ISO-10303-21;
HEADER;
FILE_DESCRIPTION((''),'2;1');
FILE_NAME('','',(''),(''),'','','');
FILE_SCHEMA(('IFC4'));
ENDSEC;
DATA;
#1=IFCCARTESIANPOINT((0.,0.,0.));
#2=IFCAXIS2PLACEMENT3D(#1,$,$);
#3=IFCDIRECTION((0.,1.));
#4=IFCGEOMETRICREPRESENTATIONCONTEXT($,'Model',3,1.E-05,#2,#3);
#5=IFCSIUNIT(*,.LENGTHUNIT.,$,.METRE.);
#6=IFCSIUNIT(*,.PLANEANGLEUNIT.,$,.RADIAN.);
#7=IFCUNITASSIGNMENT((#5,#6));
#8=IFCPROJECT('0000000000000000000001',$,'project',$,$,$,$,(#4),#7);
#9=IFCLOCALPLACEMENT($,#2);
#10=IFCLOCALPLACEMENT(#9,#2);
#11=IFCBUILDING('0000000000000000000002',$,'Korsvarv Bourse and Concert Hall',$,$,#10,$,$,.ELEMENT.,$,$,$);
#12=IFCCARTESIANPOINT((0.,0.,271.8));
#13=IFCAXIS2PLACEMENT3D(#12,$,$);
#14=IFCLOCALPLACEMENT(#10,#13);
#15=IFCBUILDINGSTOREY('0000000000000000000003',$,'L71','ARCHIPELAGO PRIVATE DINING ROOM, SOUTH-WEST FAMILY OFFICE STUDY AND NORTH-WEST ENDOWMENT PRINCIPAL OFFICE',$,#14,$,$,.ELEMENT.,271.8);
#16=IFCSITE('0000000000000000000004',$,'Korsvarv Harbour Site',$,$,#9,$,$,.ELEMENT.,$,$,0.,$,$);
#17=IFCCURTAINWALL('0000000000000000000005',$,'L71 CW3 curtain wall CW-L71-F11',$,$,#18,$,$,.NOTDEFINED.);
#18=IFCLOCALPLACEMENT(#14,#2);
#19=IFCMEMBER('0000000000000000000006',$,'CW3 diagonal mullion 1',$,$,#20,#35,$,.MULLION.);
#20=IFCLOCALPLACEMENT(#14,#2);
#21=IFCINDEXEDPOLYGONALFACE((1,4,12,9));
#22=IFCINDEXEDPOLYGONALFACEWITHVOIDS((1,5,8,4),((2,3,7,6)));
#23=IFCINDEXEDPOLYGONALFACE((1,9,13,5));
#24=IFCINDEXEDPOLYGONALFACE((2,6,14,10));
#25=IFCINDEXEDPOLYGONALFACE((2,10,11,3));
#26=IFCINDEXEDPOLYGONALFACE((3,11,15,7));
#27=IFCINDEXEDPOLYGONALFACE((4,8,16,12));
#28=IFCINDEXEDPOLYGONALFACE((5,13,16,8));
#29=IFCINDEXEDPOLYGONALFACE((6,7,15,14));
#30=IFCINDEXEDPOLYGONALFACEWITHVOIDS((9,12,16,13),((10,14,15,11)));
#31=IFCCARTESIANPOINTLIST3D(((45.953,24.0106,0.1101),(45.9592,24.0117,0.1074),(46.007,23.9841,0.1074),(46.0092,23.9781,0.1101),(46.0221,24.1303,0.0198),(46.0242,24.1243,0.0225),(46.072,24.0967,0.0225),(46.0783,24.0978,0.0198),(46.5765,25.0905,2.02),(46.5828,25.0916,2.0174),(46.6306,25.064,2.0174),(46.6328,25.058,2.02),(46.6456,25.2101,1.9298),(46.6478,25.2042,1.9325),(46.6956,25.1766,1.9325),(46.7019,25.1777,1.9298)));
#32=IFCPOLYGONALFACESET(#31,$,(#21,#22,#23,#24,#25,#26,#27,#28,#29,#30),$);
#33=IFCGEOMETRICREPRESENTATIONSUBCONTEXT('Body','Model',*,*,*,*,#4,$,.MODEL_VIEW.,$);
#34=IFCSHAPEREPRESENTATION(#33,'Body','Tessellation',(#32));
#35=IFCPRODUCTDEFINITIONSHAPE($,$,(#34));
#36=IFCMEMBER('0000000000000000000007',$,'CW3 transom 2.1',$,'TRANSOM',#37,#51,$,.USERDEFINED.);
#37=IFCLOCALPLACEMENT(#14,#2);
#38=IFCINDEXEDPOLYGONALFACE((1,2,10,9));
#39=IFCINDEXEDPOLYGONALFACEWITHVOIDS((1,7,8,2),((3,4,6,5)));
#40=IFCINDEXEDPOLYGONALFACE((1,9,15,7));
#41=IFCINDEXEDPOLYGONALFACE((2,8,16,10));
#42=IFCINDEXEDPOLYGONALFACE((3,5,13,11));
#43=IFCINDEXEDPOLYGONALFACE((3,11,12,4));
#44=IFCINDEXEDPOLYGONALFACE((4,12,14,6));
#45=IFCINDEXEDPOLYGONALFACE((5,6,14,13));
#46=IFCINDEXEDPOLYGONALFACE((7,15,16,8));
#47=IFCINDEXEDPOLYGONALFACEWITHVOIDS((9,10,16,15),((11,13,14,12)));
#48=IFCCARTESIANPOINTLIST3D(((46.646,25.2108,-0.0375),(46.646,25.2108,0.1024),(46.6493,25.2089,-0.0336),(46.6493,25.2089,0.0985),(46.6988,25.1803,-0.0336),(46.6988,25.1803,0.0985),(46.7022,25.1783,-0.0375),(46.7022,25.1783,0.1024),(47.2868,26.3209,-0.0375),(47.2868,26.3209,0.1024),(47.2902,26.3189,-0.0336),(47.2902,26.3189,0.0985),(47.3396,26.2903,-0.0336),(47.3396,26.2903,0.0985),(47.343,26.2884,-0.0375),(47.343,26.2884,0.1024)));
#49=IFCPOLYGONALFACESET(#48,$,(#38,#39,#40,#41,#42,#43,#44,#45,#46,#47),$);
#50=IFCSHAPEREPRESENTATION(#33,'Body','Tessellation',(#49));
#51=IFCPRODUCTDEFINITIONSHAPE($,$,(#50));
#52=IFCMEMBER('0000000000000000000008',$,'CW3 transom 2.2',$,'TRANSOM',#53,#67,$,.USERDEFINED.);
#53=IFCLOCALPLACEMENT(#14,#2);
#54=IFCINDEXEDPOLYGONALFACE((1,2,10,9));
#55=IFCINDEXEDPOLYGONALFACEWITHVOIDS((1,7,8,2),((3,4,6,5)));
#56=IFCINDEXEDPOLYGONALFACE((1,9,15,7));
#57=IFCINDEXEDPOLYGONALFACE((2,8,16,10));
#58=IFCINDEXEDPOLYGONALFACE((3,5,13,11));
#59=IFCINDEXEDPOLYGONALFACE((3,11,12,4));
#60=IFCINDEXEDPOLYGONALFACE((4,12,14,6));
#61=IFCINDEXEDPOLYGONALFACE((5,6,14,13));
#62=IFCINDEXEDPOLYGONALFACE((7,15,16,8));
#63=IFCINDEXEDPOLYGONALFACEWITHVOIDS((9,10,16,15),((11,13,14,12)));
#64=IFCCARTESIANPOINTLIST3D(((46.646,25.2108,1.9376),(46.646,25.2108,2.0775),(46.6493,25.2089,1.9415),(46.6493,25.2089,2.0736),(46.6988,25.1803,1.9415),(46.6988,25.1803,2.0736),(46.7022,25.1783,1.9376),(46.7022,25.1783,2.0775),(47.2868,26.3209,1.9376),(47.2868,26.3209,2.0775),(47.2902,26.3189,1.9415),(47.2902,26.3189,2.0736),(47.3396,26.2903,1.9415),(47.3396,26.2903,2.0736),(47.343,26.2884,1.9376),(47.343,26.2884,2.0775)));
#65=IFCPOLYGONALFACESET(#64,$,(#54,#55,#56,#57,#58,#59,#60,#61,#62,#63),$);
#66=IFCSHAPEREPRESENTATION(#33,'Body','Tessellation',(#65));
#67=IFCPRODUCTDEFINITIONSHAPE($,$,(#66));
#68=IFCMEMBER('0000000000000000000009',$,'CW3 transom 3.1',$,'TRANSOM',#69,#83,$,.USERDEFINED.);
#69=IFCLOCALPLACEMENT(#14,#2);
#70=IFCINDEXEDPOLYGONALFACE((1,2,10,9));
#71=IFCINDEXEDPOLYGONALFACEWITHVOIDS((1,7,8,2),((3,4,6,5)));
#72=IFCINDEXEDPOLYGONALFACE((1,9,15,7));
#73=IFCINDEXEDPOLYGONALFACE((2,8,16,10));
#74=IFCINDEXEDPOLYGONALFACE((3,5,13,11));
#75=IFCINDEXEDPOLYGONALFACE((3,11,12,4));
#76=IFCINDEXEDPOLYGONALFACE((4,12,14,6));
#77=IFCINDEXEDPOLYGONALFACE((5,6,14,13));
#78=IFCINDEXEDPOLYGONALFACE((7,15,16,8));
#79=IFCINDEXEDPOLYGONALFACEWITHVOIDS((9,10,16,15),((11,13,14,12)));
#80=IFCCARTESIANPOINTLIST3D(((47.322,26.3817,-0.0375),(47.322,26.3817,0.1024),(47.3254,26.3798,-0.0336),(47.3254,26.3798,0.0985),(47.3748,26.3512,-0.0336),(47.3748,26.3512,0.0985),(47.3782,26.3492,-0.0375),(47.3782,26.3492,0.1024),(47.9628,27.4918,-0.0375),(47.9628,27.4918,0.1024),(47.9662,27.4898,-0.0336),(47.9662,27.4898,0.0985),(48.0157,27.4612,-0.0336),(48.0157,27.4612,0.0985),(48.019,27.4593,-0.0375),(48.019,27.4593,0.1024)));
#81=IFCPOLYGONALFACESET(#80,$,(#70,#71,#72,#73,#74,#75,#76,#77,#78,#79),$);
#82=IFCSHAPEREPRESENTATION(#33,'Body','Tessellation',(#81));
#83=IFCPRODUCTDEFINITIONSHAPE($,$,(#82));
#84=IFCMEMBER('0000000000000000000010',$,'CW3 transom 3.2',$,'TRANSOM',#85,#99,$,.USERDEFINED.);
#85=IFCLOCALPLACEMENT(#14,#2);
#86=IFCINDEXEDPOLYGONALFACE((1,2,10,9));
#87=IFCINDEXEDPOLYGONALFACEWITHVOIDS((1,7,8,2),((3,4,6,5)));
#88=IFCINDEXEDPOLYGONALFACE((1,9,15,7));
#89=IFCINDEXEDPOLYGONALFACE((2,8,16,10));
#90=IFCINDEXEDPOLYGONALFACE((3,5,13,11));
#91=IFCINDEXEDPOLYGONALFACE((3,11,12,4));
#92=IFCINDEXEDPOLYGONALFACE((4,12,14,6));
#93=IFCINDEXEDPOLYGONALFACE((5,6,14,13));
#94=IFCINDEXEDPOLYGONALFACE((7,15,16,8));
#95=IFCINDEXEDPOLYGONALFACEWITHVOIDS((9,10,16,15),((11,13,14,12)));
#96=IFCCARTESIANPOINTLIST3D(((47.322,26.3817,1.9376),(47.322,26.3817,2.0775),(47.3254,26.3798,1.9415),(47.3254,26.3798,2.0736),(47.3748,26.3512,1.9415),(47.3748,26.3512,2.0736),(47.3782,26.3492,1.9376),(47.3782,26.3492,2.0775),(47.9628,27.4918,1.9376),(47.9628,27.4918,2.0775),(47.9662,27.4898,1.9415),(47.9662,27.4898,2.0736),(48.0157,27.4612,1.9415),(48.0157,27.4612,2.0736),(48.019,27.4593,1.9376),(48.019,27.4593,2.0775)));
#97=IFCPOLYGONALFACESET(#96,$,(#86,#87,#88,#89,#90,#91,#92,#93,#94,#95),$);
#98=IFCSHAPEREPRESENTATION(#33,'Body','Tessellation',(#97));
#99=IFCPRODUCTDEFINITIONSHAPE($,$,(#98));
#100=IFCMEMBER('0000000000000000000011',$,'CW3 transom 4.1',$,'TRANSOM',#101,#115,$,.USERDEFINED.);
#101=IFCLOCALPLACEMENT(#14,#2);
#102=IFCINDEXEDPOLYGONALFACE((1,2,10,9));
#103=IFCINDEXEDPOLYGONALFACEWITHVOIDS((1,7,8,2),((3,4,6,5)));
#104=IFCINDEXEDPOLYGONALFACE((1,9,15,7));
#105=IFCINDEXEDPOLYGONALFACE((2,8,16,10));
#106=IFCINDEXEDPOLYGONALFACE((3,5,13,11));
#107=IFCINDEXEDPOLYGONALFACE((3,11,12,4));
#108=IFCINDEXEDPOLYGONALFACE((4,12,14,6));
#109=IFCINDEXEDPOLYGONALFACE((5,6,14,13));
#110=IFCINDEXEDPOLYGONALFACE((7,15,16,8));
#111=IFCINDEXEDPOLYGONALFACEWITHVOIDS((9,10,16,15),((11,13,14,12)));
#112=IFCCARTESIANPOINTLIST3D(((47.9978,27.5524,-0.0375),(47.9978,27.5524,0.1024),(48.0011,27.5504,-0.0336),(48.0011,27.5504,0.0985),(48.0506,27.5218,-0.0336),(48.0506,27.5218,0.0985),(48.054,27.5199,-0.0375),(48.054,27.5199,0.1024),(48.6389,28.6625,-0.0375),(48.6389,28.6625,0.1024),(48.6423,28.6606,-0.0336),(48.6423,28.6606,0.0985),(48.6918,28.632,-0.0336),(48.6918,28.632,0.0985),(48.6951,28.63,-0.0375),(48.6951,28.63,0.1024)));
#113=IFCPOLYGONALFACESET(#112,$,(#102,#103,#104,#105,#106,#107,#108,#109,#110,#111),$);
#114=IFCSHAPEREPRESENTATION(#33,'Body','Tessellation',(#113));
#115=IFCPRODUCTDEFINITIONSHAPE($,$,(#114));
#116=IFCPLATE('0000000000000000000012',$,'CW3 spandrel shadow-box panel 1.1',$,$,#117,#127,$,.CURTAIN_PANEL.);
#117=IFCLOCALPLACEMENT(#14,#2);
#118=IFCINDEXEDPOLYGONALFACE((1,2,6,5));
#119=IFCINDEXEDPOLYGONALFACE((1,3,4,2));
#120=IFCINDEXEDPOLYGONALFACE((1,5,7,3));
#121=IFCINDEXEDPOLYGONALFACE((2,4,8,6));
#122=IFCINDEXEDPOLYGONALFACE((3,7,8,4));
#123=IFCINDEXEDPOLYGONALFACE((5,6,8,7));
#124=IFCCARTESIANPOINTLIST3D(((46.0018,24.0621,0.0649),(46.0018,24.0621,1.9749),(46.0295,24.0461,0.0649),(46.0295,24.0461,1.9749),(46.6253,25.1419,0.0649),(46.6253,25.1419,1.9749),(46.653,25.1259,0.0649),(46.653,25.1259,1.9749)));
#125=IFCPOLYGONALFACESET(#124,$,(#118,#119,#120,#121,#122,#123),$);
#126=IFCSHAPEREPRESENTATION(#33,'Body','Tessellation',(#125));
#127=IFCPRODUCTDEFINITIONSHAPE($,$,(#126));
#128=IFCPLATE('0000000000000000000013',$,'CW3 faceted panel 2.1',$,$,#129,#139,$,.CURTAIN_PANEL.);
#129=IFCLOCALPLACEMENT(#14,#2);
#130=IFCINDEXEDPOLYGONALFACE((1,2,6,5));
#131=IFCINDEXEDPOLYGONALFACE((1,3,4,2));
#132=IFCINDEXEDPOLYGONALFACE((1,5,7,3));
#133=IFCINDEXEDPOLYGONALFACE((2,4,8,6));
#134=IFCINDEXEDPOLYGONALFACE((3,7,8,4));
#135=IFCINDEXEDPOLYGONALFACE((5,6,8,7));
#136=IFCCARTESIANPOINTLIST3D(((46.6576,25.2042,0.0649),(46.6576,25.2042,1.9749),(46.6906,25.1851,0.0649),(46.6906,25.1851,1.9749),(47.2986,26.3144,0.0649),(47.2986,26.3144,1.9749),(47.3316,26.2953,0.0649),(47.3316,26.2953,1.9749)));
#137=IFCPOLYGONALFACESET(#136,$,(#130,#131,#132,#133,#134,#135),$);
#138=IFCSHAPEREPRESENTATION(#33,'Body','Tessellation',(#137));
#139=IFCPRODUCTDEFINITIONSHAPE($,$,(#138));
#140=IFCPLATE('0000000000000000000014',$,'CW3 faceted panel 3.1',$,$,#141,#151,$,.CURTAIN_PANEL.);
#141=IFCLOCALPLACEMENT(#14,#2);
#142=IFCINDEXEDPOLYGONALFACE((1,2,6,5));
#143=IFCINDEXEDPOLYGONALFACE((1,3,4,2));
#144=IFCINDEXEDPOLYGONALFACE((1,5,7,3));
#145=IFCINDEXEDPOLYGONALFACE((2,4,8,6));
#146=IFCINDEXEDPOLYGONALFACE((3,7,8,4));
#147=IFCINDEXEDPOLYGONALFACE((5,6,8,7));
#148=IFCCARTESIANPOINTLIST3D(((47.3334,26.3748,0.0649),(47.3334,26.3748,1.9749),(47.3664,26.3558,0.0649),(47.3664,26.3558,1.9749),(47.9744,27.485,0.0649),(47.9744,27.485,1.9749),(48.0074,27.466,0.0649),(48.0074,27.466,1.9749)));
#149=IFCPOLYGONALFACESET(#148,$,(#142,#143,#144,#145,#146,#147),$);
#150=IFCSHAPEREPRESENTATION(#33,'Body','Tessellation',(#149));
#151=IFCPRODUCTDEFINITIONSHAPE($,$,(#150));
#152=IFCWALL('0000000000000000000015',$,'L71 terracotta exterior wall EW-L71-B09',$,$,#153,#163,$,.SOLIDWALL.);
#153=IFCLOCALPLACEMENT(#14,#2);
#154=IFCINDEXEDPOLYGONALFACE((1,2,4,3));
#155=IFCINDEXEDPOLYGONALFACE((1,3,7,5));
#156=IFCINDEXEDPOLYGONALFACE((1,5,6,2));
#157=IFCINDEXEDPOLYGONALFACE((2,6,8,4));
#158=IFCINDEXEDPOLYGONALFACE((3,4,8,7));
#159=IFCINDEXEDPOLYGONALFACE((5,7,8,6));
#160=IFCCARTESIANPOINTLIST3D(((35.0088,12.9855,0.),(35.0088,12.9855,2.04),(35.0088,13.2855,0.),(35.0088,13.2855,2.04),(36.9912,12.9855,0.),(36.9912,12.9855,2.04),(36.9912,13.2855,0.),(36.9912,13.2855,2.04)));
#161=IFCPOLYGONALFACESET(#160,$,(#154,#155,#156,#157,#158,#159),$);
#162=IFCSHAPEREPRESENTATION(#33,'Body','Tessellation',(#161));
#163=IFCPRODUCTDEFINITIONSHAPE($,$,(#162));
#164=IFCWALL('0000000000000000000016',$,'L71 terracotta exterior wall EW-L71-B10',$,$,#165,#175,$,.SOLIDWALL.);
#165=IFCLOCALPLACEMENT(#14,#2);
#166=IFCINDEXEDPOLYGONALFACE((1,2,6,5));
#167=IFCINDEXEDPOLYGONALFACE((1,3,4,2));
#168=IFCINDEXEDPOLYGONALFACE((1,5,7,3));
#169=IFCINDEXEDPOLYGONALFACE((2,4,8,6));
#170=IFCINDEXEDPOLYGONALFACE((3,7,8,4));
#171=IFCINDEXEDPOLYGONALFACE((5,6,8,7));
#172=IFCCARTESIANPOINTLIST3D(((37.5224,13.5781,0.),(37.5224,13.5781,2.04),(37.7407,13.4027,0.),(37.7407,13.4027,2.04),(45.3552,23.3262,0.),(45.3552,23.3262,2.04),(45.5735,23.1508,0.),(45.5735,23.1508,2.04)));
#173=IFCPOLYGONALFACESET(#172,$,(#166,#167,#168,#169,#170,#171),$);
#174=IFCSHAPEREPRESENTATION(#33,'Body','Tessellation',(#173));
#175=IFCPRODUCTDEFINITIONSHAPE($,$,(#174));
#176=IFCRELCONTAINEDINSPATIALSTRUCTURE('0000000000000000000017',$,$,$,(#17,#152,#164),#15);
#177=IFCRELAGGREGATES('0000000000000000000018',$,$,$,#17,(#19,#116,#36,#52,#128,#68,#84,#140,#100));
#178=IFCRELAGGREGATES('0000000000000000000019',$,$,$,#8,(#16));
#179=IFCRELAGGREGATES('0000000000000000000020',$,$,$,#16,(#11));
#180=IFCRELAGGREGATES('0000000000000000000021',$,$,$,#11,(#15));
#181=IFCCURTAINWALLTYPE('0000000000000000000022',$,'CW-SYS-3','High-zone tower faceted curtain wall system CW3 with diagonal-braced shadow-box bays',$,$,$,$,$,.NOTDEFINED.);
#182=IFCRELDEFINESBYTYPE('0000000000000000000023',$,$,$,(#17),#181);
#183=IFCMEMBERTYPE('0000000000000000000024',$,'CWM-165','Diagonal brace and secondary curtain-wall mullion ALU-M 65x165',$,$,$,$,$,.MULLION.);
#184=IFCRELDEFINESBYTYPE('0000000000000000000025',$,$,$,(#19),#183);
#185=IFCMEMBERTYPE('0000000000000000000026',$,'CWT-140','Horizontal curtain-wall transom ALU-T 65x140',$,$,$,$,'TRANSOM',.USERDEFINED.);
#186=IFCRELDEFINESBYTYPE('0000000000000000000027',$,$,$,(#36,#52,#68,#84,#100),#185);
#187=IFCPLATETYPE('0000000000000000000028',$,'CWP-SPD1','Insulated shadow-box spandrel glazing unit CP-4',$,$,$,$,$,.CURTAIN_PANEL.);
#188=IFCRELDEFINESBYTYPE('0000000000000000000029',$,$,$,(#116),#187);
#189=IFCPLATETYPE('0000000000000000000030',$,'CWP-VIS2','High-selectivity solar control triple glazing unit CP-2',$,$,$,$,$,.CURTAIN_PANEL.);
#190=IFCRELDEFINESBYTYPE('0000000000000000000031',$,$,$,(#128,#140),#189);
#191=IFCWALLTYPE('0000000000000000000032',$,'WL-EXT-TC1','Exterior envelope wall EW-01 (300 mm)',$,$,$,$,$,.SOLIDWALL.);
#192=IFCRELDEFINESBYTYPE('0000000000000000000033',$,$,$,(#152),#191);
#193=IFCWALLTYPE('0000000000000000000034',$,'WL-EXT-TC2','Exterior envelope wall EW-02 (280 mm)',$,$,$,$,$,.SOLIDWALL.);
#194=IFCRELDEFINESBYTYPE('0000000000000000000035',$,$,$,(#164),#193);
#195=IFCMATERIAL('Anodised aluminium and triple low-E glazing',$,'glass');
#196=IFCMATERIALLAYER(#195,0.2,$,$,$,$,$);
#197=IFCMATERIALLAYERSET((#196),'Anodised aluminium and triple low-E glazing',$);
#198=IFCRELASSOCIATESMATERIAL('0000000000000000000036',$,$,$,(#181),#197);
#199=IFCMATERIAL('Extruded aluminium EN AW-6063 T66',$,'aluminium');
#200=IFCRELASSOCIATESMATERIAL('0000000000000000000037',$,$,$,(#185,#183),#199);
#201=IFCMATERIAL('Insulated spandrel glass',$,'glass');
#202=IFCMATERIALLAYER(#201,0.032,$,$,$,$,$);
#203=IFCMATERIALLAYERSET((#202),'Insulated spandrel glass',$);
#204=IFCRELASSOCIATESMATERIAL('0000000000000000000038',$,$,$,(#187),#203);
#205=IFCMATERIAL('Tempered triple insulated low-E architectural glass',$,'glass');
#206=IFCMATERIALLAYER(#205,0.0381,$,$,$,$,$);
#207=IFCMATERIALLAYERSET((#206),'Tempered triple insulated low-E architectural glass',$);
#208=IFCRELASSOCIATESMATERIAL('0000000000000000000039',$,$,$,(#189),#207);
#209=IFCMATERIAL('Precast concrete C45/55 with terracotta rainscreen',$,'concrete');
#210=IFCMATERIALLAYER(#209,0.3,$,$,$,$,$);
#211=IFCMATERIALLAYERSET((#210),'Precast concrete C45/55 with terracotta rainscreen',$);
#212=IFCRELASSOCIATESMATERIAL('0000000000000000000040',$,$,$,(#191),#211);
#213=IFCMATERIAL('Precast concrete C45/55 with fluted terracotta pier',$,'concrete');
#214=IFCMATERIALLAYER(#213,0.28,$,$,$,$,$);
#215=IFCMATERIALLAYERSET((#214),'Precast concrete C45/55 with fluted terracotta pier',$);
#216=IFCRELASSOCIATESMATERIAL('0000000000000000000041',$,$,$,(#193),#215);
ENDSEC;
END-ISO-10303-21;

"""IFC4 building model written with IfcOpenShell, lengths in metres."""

from ifc_helpers import new_model, si_unit, direction, frame, frame_2d, origin, origin_2d, place, context, subcontext, project, spatial, rectangle, hollow_rectangle, extrude, source, transform, mapped, material, layer, layer_set, material_profile, profile_set, type_object, element, aggregate, save


model = new_model("IFC4")

# Units and contexts
model_context = context("Model", 3, precision=1e-05, world=origin(), true_north=direction((0.0, 1.0)))
body_context = subcontext(model_context, "Body", "Model", "MODEL_VIEW")
ifc_project = project(units=[si_unit("LENGTHUNIT", "METRE"), si_unit("PLANEANGLEUNIT", "RADIAN")], contexts=[model_context])

# Site, building, storey
site_placement = place(None, origin())
site = spatial("IfcSite", under=ifc_project, at=site_placement, Name="Korsvarv Harbour Site", CompositionType="ELEMENT", RefElevation=0.0)
building_placement = place(site_placement, origin())
building = spatial("IfcBuilding", under=site, at=building_placement, Name="Korsvarv Bourse and Concert Hall", CompositionType="ELEMENT")
storey_placement = place(building_placement, frame((0.0, 0.0, 271.8)))
storey = spatial("IfcBuildingStorey", under=building, at=storey_placement, Name="L71", Description="ARCHIPELAGO PRIVATE DINING ROOM, SOUTH-WEST FAMILY OFFICE STUDY AND NORTH-WEST ENDOWMENT PRINCIPAL OFFICE", CompositionType="ELEMENT", Elevation=271.8)

# Curtain wall, members, plates
ifc_material_1 = material(Name="Anodised aluminium and triple low-E glazing", Category="glass")
ifc_layer_1 = layer(ifc_material_1, 0.2)
ifc_layer_set_1 = layer_set([ifc_layer_1], Name="Anodised aluminium and triple low-E glazing")
curtain_wall_type = type_object("IfcCurtainWallType", Name="CW-SYS-3", Description="High-zone tower faceted curtain wall system CW3 with diagonal-braced shadow-box bays", PredefinedType="NOTDEFINED", material=ifc_layer_set_1)
curtain_wall_placement = place(storey_placement, origin())
curtain_wall = element("IfcCurtainWall", 1, at=curtain_wall_placement, inside=storey, type_object=curtain_wall_type, Name="L71 CW3 curtain wall CW-L71-F11", PredefinedType="NOTDEFINED")
ifc_material_2 = material(Name="Extruded aluminium EN AW-6063 T66", Category="aluminium")
ifc_material_profile_1 = material_profile(ifc_material_2, hollow_rectangle(XDim=0.0649, YDim=0.1399, WallThickness=0.0039, at=origin_2d()), Name="ALU-T 65x140")
ifc_profile_set_1 = profile_set([ifc_material_profile_1], Name="Extruded aluminium EN AW-6063 T66")
member_type_1 = type_object("IfcMemberType", Name="CWT-140", Description="Horizontal curtain-wall transom ALU-T 65x140", ElementType="TRANSOM", PredefinedType="USERDEFINED", material=ifc_profile_set_1)
ifc_material_profile_2 = material_profile(ifc_material_2, hollow_rectangle(XDim=0.0649, YDim=0.165, WallThickness=0.0049, at=origin_2d()), Name="ALU-M 65x165")
ifc_profile_set_2 = profile_set([ifc_material_profile_2], Name="Extruded aluminium EN AW-6063 T66")
member_type_2 = type_object("IfcMemberType", Name="CWM-165", Description="Diagonal brace and secondary curtain-wall mullion ALU-M 65x165", PredefinedType="MULLION", material=ifc_profile_set_2)
shared_shape_1 = source(origin(), body_context, "Body", "SweptSolid", [
    extrude(hollow_rectangle(XDim=0.0649, YDim=0.165, WallThickness=0.0049, at=origin_2d()), origin(), (0.0, 0.0, 1.0), 2.281),
])
member_1_placement = place(storey_placement, frame((46.0156, 24.0542, 0.0649), z_axis=(0.27337, 0.47342, 0.837342), x_axis=(-0.865993, 0.500056, 0.0)))
member_1 = element("IfcMember", 2, at=member_1_placement, type_object=member_type_2, Name="CW3 diagonal mullion 1", PredefinedType="MULLION", context=body_context, shape_type="MappedRepresentation", body=[
    mapped(shared_shape_1, transform((0.0, 0.0, 0.0), scale=1.0)),
])
shared_shape_2 = source(origin(), body_context, "Body", "SweptSolid", [
    extrude(hollow_rectangle(XDim=0.0649, YDim=0.1399, WallThickness=0.0039, at=origin_2d()), origin(), (0.0, 0.0, 1.0), 1.2817),
])
member_2_placement = place(storey_placement, frame((46.6741, 25.1946, 0.0325), z_axis=(0.49997, 0.866043, 0.0), x_axis=(-0.866043, 0.49997, 0.0)))
member_2 = element("IfcMember", 3, at=member_2_placement, type_object=member_type_1, Name="CW3 transom 2.1", ObjectType="TRANSOM", PredefinedType="USERDEFINED", context=body_context, shape_type="MappedRepresentation", body=[
    mapped(shared_shape_2, transform((0.0, 0.0, 0.0), scale=1.0)),
])
member_3_placement = place(storey_placement, frame((46.6741, 25.1946, 2.0076), z_axis=(0.49997, 0.866043, 0.0), x_axis=(-0.866043, 0.49997, 0.0)))
member_3 = element("IfcMember", 4, at=member_3_placement, type_object=member_type_1, Name="CW3 transom 2.2", ObjectType="TRANSOM", PredefinedType="USERDEFINED", context=body_context, shape_type="MappedRepresentation", body=[
    mapped(shared_shape_2, transform((0.0, 0.0, 0.0), scale=1.0)),
])
member_4_placement = place(storey_placement, frame((47.3501, 26.3655, 0.0325), z_axis=(0.49997, 0.866043, 0.0), x_axis=(-0.866043, 0.49997, 0.0)))
member_4 = element("IfcMember", 5, at=member_4_placement, type_object=member_type_1, Name="CW3 transom 3.1", ObjectType="TRANSOM", PredefinedType="USERDEFINED", context=body_context, shape_type="MappedRepresentation", body=[
    mapped(shared_shape_2, transform((0.0, 0.0, 0.0), scale=1.0)),
])
member_5_placement = place(storey_placement, frame((47.3501, 26.3655, 2.0076), z_axis=(0.49997, 0.866043, 0.0), x_axis=(-0.866043, 0.49997, 0.0)))
member_5 = element("IfcMember", 6, at=member_5_placement, type_object=member_type_1, Name="CW3 transom 3.2", ObjectType="TRANSOM", PredefinedType="USERDEFINED", context=body_context, shape_type="MappedRepresentation", body=[
    mapped(shared_shape_2, transform((0.0, 0.0, 0.0), scale=1.0)),
])
shared_shape_3 = source(origin(), body_context, "Body", "SweptSolid", [
    extrude(hollow_rectangle(XDim=0.0649, YDim=0.1399, WallThickness=0.0039, at=origin_2d()), origin(), (0.0, 0.0, 1.0), 1.282),
])
member_6_placement = place(storey_placement, frame((48.0259, 27.5361, 0.0325), z_axis=(0.500113, 0.86596, 0.0), x_axis=(-0.86596, 0.500113, 0.0)))
member_6 = element("IfcMember", 7, at=member_6_placement, type_object=member_type_1, Name="CW3 transom 4.1", ObjectType="TRANSOM", PredefinedType="USERDEFINED", context=body_context, shape_type="MappedRepresentation", body=[
    mapped(shared_shape_3, transform((0.0, 0.0, 0.0), scale=1.0)),
])
ifc_material_3 = material(Name="Insulated spandrel glass", Category="glass")
ifc_layer_2 = layer(ifc_material_3, 0.032)
ifc_layer_set_2 = layer_set([ifc_layer_2], Name="Insulated spandrel glass")
plate_type_1 = type_object("IfcPlateType", Name="CWP-SPD1", Description="Insulated shadow-box spandrel glazing unit CP-4", PredefinedType="CURTAIN_PANEL", material=ifc_layer_set_2)
shared_shape_4 = source(origin(), body_context, "Body", "SweptSolid", [
    extrude(rectangle(XDim=1.2468, YDim=0.032, at=origin_2d()), origin(), (0.0, 0.0, 1.0), 1.9099),
])
plate_1_placement = place(storey_placement, frame((46.3274, 24.594, 0.0649), z_axis=(0.0, 0.0, 1.0), x_axis=(0.500004, 0.866023, 0.0)))
plate_1 = element("IfcPlate", 8, at=plate_1_placement, type_object=plate_type_1, Name="CW3 spandrel shadow-box panel 1.1", PredefinedType="CURTAIN_PANEL", context=body_context, shape_type="MappedRepresentation", body=[
    mapped(shared_shape_4, transform((0.0, 0.0, 0.0), scale=1.0)),
])
ifc_material_4 = material(Name="Tempered triple insulated low-E architectural glass", Category="glass")
ifc_layer_3 = layer(ifc_material_4, 0.0381)
ifc_layer_set_3 = layer_set([ifc_layer_3], Name="Tempered triple insulated low-E architectural glass")
plate_type_2 = type_object("IfcPlateType", Name="CWP-VIS2", Description="High-selectivity solar control triple glazing unit CP-2", PredefinedType="CURTAIN_PANEL", material=ifc_layer_set_3)
shared_shape_5 = source(origin(), body_context, "Body", "SweptSolid", [
    extrude(rectangle(XDim=1.282, YDim=0.0381, at=origin_2d()), origin(), (0.0, 0.0, 1.0), 1.9099),
])
plate_2_placement = place(storey_placement, frame((46.9946, 25.7498, 0.0649), z_axis=(0.0, 0.0, 1.0), x_axis=(0.500004, 0.866023, 0.0)))
plate_2 = element("IfcPlate", 9, at=plate_2_placement, type_object=plate_type_2, Name="CW3 faceted panel 2.1", PredefinedType="CURTAIN_PANEL", context=body_context, shape_type="MappedRepresentation", body=[
    mapped(shared_shape_5, transform((0.0, 0.0, 0.0), scale=1.0)),
])
plate_3_placement = place(storey_placement, frame((47.6704, 26.9204, 0.0649), z_axis=(0.0, 0.0, 1.0), x_axis=(0.500004, 0.866023, 0.0)))
plate_3 = element("IfcPlate", 10, at=plate_3_placement, type_object=plate_type_2, Name="CW3 faceted panel 3.1", PredefinedType="CURTAIN_PANEL", context=body_context, shape_type="MappedRepresentation", body=[
    mapped(shared_shape_5, transform((0.0, 0.0, 0.0), scale=1.0)),
])
aggregate(curtain_wall, [member_1, plate_1, member_2, member_3, plate_2, member_4, member_5, plate_3, member_6])

# Walls
ifc_material_5 = material(Name="Precast concrete C45/55 with terracotta rainscreen", Category="concrete")
ifc_layer_4 = layer(ifc_material_5, 0.3)
ifc_layer_set_4 = layer_set([ifc_layer_4], Name="Precast concrete C45/55 with terracotta rainscreen")
wall_type_1 = type_object("IfcWallType", Name="WL-EXT-TC1", Description="Exterior envelope wall EW-01 (300 mm)", PredefinedType="SOLIDWALL", material=ifc_layer_set_4)
wall_1_placement = place(storey_placement, frame((35.0088, 13.1355, 0.0), z_axis=(0.0, 0.0, 1.0), x_axis=(1.0, 0.0, 0.0)))
element("IfcWall", 11, at=wall_1_placement, inside=storey, type_object=wall_type_1, Name="L71 terracotta exterior wall EW-L71-B09", PredefinedType="SOLIDWALL", context=body_context, shape_type="SweptSolid", body=[
    extrude(rectangle(XDim=1.9824, YDim=0.3, at=frame_2d((0.9912, 0.0))), origin(), (0.0, 0.0, 1.0), 2.04),
])
ifc_material_6 = material(Name="Precast concrete C45/55 with fluted terracotta pier", Category="concrete")
ifc_layer_5 = layer(ifc_material_6, 0.28)
ifc_layer_set_5 = layer_set([ifc_layer_5], Name="Precast concrete C45/55 with fluted terracotta pier")
wall_type_2 = type_object("IfcWallType", Name="WL-EXT-TC2", Description="Exterior envelope wall EW-02 (280 mm)", PredefinedType="SOLIDWALL", material=ifc_layer_set_5)
wall_2_placement = place(storey_placement, frame((37.6316, 13.4905, 0.0), z_axis=(0.0, 0.0, 1.0), x_axis=(0.626367, 0.779528, 0.0)))
element("IfcWall", 12, at=wall_2_placement, inside=storey, type_object=wall_type_2, Name="L71 terracotta exterior wall EW-L71-B10", PredefinedType="SOLIDWALL", context=body_context, shape_type="SweptSolid", body=[
    extrude(rectangle(XDim=12.5051, YDim=0.28, at=frame_2d((6.2524, 0.0))), origin(), (0.0, 0.0, 1.0), 2.04),
])

save(model, "model.ifc")
